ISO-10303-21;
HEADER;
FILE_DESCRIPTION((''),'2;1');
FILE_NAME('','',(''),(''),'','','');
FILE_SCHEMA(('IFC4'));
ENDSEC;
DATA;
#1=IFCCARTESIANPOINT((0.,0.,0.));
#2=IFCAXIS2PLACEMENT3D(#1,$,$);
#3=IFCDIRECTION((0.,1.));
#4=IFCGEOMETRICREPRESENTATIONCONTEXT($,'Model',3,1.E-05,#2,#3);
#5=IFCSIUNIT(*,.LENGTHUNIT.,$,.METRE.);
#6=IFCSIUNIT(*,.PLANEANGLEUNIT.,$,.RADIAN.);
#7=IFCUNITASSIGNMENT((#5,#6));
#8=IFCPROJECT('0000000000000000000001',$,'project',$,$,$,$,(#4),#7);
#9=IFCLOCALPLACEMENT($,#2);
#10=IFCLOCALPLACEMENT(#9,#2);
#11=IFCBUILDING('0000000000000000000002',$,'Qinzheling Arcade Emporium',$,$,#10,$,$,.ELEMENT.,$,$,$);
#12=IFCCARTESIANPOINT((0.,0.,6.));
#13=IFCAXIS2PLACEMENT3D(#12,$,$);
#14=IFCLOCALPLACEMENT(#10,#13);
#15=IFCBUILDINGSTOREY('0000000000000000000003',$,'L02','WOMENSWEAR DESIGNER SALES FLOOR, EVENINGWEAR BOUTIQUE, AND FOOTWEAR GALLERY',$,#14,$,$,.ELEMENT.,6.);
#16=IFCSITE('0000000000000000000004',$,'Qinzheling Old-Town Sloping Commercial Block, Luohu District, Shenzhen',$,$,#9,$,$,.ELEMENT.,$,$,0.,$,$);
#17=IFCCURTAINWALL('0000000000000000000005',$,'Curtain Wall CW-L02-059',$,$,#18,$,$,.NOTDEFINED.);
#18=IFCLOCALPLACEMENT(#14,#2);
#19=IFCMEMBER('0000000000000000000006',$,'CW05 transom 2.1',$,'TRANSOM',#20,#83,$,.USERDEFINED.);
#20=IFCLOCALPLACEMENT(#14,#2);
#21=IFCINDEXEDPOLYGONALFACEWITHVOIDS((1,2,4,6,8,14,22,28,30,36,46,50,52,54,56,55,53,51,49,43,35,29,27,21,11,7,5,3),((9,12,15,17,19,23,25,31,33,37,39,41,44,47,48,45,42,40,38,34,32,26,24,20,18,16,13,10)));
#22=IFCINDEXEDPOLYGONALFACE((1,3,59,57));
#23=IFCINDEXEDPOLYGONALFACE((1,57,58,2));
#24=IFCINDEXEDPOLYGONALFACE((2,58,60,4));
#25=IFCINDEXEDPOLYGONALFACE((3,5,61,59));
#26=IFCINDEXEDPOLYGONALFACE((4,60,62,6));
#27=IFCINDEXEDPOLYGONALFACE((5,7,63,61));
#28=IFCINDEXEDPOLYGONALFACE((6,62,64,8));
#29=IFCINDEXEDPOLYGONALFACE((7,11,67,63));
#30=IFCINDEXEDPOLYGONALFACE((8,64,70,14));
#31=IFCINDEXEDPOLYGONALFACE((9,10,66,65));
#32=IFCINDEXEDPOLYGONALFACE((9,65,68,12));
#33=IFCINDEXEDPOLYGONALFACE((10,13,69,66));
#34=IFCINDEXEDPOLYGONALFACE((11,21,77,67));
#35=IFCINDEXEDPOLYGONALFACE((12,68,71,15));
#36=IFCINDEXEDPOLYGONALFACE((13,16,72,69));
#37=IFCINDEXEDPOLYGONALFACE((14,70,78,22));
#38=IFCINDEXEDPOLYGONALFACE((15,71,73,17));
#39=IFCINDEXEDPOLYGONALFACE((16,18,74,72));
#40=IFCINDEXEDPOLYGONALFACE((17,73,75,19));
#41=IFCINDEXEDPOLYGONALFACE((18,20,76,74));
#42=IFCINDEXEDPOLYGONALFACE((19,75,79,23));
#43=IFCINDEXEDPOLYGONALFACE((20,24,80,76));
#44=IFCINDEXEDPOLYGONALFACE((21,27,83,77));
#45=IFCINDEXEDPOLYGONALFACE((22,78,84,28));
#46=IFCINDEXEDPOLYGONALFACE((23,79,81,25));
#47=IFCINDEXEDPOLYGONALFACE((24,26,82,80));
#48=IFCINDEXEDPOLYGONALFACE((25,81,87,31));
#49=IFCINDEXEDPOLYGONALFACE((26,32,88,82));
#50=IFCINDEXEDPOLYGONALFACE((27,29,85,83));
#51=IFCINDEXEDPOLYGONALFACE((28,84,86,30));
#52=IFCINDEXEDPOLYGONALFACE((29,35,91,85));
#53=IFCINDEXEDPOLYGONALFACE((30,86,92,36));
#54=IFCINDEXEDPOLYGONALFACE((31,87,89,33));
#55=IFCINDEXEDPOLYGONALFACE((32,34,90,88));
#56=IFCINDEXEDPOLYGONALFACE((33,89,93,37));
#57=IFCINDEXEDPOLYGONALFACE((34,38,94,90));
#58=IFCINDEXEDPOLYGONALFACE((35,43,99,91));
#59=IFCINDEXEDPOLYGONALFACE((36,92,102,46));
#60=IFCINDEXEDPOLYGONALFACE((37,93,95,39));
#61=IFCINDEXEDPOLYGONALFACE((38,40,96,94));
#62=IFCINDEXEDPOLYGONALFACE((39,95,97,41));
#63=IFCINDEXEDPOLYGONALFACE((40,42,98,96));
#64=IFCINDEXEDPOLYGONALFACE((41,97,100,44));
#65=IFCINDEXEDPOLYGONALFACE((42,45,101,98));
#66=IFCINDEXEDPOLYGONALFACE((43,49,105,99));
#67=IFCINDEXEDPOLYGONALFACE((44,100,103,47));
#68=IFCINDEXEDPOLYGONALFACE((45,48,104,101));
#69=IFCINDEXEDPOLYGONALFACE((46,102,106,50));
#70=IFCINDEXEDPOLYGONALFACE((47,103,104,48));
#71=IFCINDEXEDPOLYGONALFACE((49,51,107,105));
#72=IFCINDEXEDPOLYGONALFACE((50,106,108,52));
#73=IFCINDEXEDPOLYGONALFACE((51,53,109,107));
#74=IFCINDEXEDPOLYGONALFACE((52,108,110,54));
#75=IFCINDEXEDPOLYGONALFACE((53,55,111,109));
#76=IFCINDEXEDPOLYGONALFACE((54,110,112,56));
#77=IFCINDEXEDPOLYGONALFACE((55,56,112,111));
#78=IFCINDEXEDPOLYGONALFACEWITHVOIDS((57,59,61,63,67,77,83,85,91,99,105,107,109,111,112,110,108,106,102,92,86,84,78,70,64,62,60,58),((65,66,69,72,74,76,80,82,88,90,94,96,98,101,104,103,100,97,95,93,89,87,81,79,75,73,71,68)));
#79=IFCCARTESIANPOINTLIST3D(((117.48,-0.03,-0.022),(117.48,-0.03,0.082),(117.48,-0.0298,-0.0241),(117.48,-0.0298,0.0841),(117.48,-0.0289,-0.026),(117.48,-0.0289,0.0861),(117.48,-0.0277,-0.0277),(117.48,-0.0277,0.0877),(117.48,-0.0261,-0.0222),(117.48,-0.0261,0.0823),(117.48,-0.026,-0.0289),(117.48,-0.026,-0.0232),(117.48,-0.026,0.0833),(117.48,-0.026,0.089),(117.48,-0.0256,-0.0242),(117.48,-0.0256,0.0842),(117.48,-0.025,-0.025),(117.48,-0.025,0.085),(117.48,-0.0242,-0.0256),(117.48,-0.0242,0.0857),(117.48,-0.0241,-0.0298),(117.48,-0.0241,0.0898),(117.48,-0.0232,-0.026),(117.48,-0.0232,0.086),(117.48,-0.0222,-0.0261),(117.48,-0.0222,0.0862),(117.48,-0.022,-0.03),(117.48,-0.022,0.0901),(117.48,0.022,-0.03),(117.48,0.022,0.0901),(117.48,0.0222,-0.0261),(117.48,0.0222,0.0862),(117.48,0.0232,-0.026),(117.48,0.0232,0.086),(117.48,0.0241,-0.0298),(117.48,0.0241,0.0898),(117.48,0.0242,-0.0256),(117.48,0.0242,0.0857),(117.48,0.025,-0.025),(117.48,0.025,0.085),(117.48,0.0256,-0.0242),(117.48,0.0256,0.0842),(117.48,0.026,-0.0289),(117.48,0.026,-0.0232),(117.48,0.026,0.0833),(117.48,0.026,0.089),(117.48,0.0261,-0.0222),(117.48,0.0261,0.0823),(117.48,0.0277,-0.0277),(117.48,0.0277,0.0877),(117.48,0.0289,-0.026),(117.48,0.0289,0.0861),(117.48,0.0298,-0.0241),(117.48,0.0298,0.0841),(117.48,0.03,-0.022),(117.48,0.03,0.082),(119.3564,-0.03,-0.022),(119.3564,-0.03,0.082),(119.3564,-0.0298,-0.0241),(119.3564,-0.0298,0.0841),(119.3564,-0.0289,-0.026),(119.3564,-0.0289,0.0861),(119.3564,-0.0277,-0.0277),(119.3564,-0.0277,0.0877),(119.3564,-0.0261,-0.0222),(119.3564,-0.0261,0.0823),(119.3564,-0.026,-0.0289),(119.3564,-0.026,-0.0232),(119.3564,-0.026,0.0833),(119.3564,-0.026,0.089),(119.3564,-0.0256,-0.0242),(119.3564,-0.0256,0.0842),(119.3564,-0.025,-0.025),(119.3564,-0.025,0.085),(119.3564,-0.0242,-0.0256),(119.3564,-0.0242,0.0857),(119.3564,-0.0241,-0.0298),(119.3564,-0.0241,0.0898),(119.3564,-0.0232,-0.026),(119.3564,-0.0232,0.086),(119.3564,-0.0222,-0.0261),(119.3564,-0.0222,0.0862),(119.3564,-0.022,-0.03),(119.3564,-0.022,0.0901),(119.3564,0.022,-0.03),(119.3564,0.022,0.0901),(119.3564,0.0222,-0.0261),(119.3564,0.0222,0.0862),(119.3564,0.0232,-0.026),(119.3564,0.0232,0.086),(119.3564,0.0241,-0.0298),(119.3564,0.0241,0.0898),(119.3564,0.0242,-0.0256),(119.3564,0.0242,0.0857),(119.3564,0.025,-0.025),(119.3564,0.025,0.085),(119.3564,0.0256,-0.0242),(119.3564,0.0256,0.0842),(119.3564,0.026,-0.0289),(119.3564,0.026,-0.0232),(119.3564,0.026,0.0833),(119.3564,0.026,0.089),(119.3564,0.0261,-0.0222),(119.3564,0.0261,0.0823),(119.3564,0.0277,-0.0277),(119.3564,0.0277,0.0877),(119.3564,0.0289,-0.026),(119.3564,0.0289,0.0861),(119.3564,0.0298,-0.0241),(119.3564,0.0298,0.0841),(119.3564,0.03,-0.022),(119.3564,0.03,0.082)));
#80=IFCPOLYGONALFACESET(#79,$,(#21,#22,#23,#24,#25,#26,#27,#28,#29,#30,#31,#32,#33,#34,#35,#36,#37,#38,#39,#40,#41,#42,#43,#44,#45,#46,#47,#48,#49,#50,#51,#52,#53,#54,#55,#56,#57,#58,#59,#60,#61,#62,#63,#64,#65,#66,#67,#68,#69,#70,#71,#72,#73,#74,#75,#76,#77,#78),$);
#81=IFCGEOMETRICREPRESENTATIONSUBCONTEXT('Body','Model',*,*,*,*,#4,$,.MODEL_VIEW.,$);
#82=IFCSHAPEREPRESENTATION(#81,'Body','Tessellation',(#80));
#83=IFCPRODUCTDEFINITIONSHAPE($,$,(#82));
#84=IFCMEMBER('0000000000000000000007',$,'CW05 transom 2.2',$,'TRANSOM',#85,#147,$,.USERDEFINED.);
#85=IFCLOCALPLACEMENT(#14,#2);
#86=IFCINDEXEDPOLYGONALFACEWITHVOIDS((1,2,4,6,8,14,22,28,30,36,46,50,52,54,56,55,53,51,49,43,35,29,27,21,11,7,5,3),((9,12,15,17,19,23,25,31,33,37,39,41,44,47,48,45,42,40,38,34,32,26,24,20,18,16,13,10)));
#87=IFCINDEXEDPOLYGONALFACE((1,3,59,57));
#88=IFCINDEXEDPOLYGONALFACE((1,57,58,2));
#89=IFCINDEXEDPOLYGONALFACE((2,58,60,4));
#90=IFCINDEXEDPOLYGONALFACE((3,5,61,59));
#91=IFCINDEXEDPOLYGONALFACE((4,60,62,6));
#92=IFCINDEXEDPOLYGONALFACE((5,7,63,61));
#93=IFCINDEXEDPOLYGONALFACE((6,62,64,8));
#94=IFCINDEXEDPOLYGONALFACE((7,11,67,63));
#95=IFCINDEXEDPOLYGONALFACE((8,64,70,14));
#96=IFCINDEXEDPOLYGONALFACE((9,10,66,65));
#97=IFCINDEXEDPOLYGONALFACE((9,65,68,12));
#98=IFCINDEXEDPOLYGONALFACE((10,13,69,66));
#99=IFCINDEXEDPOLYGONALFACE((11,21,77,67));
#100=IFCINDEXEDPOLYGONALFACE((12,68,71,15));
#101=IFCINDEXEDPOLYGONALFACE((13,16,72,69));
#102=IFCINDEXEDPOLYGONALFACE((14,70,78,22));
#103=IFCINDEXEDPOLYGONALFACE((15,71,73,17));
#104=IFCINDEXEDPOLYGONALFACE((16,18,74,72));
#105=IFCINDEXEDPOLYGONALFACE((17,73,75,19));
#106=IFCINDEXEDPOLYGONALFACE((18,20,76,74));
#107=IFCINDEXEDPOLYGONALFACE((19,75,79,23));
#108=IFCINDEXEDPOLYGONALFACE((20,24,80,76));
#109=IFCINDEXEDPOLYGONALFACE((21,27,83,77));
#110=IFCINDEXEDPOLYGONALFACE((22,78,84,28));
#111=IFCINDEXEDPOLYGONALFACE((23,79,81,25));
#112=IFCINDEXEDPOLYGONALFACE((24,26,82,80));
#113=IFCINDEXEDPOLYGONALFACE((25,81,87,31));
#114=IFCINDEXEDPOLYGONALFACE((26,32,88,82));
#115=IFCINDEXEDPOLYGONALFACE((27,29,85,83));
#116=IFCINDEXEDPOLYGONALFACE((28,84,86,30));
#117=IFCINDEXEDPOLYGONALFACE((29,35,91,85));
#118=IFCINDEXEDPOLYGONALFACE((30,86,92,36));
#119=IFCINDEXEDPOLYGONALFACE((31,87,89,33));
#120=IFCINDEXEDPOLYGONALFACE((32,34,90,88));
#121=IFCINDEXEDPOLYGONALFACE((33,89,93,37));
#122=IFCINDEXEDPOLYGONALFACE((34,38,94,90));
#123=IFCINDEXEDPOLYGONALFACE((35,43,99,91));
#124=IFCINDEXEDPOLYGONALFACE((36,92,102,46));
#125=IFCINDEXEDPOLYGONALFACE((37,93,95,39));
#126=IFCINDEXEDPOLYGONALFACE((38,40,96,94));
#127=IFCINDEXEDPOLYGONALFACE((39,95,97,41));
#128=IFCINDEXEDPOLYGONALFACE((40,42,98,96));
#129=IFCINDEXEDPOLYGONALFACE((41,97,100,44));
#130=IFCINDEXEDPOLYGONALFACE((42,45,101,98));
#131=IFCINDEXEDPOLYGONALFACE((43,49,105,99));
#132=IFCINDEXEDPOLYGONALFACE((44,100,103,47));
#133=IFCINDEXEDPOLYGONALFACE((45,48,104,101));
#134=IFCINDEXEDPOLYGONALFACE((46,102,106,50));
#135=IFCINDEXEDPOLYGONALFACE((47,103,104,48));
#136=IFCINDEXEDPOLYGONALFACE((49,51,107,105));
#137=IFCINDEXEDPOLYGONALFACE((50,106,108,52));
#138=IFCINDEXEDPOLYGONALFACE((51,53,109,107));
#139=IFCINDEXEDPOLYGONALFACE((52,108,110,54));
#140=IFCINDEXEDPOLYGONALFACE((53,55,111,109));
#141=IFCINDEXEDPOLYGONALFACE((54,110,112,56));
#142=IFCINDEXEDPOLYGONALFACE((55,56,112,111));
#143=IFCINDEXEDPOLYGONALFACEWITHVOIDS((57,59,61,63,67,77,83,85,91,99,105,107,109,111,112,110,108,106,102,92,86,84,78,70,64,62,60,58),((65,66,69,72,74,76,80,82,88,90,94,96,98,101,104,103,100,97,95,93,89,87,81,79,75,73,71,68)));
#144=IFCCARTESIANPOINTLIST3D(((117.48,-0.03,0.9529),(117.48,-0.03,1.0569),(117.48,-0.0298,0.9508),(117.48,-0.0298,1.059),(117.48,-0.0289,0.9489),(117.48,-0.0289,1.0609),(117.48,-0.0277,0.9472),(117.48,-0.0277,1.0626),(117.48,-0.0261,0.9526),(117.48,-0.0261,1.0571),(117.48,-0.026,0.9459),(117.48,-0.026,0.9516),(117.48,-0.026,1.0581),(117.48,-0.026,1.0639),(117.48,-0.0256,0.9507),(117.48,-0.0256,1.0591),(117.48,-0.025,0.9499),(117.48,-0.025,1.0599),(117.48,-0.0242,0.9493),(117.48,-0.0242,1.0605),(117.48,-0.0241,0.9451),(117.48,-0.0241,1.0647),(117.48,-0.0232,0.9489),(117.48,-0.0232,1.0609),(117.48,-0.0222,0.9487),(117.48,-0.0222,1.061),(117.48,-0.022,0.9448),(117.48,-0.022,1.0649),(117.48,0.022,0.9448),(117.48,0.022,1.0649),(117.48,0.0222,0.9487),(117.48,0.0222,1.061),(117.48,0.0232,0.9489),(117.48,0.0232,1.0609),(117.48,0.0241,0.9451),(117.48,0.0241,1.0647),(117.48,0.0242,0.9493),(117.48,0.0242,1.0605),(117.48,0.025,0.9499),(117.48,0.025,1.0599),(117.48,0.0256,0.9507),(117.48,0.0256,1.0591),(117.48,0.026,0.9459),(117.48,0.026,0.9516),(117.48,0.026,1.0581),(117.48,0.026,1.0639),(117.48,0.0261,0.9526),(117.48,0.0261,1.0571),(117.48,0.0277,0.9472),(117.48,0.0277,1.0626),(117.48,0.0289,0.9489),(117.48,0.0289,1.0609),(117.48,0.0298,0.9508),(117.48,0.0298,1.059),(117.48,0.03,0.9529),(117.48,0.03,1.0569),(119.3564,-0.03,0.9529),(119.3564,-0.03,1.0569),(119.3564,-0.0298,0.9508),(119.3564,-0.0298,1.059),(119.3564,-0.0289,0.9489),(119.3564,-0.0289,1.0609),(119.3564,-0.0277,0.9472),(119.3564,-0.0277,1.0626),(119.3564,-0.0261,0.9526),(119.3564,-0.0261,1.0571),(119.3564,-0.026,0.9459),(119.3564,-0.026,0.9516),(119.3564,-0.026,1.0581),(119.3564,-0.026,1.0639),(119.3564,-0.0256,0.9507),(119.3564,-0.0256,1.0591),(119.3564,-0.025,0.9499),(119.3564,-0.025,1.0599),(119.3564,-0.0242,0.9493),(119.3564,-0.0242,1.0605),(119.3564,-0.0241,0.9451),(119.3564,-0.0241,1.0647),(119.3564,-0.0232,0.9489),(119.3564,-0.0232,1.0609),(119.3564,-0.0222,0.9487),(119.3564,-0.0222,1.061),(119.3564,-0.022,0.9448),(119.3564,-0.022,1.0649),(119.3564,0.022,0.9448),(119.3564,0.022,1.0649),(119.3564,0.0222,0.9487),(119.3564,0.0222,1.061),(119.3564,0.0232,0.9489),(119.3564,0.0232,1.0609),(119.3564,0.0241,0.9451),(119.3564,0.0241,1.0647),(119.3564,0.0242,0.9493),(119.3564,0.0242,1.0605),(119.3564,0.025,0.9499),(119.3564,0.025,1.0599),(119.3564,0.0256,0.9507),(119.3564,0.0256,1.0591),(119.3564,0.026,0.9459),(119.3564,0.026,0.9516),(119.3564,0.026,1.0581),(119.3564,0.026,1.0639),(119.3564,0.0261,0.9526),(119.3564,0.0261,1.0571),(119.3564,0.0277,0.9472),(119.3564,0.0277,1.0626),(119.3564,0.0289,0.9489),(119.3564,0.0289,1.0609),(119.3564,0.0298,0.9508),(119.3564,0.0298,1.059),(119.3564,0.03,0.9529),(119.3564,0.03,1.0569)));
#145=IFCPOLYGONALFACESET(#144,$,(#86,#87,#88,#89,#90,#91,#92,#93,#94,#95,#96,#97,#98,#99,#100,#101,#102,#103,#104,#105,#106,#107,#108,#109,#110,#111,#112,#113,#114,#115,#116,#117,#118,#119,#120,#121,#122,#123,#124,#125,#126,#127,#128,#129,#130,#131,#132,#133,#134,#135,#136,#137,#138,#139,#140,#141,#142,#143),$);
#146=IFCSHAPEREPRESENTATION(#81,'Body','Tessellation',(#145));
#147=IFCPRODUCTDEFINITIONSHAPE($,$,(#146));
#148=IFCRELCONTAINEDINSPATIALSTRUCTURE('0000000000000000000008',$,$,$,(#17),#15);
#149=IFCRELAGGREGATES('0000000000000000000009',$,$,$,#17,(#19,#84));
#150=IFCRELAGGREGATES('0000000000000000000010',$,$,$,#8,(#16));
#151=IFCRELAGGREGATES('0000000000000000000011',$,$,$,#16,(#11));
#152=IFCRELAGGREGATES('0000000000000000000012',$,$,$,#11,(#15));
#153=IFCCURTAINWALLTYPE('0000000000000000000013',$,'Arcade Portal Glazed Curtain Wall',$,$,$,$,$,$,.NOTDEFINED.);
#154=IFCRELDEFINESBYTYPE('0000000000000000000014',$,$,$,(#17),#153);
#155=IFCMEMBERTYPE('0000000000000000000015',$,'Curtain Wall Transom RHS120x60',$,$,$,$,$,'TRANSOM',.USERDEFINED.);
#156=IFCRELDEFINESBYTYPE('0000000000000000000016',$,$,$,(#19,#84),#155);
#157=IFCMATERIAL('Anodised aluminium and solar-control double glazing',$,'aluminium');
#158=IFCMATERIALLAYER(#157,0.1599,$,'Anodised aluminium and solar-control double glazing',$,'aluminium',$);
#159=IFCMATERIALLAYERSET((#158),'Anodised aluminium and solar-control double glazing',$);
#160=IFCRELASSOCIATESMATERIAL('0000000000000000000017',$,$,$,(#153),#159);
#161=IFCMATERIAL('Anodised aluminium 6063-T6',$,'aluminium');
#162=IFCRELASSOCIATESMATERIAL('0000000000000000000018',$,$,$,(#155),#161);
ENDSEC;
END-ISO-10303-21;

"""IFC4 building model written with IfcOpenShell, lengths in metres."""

from ifc_helpers import new_model, si_unit, direction, frame, origin, origin_2d, place, context, subcontext, project, spatial, hollow_rectangle, extrude, material, layer, layer_set, material_profile, profile_set, type_object, element, aggregate, save


model = new_model("IFC4")

# Units and contexts
model_context = context("Model", 3, precision=1e-05, world=origin(), true_north=direction((0.0, 1.0)))
body_context = subcontext(model_context, "Body", "Model", "MODEL_VIEW")
ifc_project = project(units=[si_unit("LENGTHUNIT", "METRE"), si_unit("PLANEANGLEUNIT", "RADIAN")], contexts=[model_context])

# Site, building, storey
site_placement = place(None, origin())
site = spatial("IfcSite", under=ifc_project, at=site_placement, Name="Qinzheling Old-Town Sloping Commercial Block, Luohu District, Shenzhen", CompositionType="ELEMENT", RefElevation=0.0)
building_placement = place(site_placement, origin())
building = spatial("IfcBuilding", under=site, at=building_placement, Name="Qinzheling Arcade Emporium", CompositionType="ELEMENT")
storey_placement = place(building_placement, frame((0.0, 0.0, 6.0)))
storey = spatial("IfcBuildingStorey", under=building, at=storey_placement, Name="L02", Description="WOMENSWEAR DESIGNER SALES FLOOR, EVENINGWEAR BOUTIQUE, AND FOOTWEAR GALLERY", CompositionType="ELEMENT", Elevation=6.0)

# Curtain wall, members
ifc_material_1 = material(Name="Anodised aluminium and solar-control double glazing", Category="aluminium")
ifc_layer_1 = layer(ifc_material_1, 0.1599, Name="Anodised aluminium and solar-control double glazing", Category="aluminium")
ifc_layer_set_1 = layer_set([ifc_layer_1], Name="Anodised aluminium and solar-control double glazing")
curtain_wall_type = type_object("IfcCurtainWallType", Name="Arcade Portal Glazed Curtain Wall", PredefinedType="NOTDEFINED", material=ifc_layer_set_1)
curtain_wall_placement = place(storey_placement, origin())
curtain_wall = element("IfcCurtainWall", 1, at=curtain_wall_placement, inside=storey, type_object=curtain_wall_type, Name="Curtain Wall CW-L02-059", PredefinedType="NOTDEFINED")
ifc_material_2 = material(Name="Anodised aluminium 6063-T6", Category="aluminium")
ifc_material_profile_1 = material_profile(ifc_material_2, hollow_rectangle(XDim=0.0601, YDim=0.1201, WallThickness=0.0039, InnerFilletRadius=0.0039, OuterFilletRadius=0.0081, at=origin_2d()), Name="RHS 120x60x4", Category="aluminium")
ifc_profile_set_1 = profile_set([ifc_material_profile_1], Name="Anodised aluminium 6063-T6")
member_type_1 = type_object("IfcMemberType", Name="Curtain Wall Transom RHS120x60", ElementType="TRANSOM", PredefinedType="USERDEFINED", material=ifc_profile_set_1)
member_1_placement = place(storey_placement, frame((119.3564, 0.0, 0.03), z_axis=(-1.0, 0.0, 0.0), x_axis=(0.0, -1.0, 0.0)))
member_1 = element("IfcMember", 2, at=member_1_placement, type_object=member_type_1, Name="CW05 transom 2.1", ObjectType="TRANSOM", PredefinedType="USERDEFINED", context=body_context, shape_type="SweptSolid", body=[
    extrude(hollow_rectangle(XDim=0.0601, YDim=0.1201, WallThickness=0.0039, InnerFilletRadius=0.0039, OuterFilletRadius=0.0081, at=origin_2d()), origin(), (0.0, 0.0, 1.0), 1.8765),
])
member_2_placement = place(storey_placement, frame((119.3564, 0.0, 1.0049), z_axis=(-1.0, 0.0, 0.0), x_axis=(0.0, -1.0, 0.0)))
member_2 = element("IfcMember", 3, at=member_2_placement, type_object=member_type_1, Name="CW05 transom 2.2", ObjectType="TRANSOM", PredefinedType="USERDEFINED", context=body_context, shape_type="SweptSolid", body=[
    extrude(hollow_rectangle(XDim=0.0601, YDim=0.1201, WallThickness=0.0039, InnerFilletRadius=0.0039, OuterFilletRadius=0.0081, at=origin_2d()), origin(), (0.0, 0.0, 1.0), 1.8765),
])

aggregate(curtain_wall, [member_1, member_2])

save(model, "model.ifc")
